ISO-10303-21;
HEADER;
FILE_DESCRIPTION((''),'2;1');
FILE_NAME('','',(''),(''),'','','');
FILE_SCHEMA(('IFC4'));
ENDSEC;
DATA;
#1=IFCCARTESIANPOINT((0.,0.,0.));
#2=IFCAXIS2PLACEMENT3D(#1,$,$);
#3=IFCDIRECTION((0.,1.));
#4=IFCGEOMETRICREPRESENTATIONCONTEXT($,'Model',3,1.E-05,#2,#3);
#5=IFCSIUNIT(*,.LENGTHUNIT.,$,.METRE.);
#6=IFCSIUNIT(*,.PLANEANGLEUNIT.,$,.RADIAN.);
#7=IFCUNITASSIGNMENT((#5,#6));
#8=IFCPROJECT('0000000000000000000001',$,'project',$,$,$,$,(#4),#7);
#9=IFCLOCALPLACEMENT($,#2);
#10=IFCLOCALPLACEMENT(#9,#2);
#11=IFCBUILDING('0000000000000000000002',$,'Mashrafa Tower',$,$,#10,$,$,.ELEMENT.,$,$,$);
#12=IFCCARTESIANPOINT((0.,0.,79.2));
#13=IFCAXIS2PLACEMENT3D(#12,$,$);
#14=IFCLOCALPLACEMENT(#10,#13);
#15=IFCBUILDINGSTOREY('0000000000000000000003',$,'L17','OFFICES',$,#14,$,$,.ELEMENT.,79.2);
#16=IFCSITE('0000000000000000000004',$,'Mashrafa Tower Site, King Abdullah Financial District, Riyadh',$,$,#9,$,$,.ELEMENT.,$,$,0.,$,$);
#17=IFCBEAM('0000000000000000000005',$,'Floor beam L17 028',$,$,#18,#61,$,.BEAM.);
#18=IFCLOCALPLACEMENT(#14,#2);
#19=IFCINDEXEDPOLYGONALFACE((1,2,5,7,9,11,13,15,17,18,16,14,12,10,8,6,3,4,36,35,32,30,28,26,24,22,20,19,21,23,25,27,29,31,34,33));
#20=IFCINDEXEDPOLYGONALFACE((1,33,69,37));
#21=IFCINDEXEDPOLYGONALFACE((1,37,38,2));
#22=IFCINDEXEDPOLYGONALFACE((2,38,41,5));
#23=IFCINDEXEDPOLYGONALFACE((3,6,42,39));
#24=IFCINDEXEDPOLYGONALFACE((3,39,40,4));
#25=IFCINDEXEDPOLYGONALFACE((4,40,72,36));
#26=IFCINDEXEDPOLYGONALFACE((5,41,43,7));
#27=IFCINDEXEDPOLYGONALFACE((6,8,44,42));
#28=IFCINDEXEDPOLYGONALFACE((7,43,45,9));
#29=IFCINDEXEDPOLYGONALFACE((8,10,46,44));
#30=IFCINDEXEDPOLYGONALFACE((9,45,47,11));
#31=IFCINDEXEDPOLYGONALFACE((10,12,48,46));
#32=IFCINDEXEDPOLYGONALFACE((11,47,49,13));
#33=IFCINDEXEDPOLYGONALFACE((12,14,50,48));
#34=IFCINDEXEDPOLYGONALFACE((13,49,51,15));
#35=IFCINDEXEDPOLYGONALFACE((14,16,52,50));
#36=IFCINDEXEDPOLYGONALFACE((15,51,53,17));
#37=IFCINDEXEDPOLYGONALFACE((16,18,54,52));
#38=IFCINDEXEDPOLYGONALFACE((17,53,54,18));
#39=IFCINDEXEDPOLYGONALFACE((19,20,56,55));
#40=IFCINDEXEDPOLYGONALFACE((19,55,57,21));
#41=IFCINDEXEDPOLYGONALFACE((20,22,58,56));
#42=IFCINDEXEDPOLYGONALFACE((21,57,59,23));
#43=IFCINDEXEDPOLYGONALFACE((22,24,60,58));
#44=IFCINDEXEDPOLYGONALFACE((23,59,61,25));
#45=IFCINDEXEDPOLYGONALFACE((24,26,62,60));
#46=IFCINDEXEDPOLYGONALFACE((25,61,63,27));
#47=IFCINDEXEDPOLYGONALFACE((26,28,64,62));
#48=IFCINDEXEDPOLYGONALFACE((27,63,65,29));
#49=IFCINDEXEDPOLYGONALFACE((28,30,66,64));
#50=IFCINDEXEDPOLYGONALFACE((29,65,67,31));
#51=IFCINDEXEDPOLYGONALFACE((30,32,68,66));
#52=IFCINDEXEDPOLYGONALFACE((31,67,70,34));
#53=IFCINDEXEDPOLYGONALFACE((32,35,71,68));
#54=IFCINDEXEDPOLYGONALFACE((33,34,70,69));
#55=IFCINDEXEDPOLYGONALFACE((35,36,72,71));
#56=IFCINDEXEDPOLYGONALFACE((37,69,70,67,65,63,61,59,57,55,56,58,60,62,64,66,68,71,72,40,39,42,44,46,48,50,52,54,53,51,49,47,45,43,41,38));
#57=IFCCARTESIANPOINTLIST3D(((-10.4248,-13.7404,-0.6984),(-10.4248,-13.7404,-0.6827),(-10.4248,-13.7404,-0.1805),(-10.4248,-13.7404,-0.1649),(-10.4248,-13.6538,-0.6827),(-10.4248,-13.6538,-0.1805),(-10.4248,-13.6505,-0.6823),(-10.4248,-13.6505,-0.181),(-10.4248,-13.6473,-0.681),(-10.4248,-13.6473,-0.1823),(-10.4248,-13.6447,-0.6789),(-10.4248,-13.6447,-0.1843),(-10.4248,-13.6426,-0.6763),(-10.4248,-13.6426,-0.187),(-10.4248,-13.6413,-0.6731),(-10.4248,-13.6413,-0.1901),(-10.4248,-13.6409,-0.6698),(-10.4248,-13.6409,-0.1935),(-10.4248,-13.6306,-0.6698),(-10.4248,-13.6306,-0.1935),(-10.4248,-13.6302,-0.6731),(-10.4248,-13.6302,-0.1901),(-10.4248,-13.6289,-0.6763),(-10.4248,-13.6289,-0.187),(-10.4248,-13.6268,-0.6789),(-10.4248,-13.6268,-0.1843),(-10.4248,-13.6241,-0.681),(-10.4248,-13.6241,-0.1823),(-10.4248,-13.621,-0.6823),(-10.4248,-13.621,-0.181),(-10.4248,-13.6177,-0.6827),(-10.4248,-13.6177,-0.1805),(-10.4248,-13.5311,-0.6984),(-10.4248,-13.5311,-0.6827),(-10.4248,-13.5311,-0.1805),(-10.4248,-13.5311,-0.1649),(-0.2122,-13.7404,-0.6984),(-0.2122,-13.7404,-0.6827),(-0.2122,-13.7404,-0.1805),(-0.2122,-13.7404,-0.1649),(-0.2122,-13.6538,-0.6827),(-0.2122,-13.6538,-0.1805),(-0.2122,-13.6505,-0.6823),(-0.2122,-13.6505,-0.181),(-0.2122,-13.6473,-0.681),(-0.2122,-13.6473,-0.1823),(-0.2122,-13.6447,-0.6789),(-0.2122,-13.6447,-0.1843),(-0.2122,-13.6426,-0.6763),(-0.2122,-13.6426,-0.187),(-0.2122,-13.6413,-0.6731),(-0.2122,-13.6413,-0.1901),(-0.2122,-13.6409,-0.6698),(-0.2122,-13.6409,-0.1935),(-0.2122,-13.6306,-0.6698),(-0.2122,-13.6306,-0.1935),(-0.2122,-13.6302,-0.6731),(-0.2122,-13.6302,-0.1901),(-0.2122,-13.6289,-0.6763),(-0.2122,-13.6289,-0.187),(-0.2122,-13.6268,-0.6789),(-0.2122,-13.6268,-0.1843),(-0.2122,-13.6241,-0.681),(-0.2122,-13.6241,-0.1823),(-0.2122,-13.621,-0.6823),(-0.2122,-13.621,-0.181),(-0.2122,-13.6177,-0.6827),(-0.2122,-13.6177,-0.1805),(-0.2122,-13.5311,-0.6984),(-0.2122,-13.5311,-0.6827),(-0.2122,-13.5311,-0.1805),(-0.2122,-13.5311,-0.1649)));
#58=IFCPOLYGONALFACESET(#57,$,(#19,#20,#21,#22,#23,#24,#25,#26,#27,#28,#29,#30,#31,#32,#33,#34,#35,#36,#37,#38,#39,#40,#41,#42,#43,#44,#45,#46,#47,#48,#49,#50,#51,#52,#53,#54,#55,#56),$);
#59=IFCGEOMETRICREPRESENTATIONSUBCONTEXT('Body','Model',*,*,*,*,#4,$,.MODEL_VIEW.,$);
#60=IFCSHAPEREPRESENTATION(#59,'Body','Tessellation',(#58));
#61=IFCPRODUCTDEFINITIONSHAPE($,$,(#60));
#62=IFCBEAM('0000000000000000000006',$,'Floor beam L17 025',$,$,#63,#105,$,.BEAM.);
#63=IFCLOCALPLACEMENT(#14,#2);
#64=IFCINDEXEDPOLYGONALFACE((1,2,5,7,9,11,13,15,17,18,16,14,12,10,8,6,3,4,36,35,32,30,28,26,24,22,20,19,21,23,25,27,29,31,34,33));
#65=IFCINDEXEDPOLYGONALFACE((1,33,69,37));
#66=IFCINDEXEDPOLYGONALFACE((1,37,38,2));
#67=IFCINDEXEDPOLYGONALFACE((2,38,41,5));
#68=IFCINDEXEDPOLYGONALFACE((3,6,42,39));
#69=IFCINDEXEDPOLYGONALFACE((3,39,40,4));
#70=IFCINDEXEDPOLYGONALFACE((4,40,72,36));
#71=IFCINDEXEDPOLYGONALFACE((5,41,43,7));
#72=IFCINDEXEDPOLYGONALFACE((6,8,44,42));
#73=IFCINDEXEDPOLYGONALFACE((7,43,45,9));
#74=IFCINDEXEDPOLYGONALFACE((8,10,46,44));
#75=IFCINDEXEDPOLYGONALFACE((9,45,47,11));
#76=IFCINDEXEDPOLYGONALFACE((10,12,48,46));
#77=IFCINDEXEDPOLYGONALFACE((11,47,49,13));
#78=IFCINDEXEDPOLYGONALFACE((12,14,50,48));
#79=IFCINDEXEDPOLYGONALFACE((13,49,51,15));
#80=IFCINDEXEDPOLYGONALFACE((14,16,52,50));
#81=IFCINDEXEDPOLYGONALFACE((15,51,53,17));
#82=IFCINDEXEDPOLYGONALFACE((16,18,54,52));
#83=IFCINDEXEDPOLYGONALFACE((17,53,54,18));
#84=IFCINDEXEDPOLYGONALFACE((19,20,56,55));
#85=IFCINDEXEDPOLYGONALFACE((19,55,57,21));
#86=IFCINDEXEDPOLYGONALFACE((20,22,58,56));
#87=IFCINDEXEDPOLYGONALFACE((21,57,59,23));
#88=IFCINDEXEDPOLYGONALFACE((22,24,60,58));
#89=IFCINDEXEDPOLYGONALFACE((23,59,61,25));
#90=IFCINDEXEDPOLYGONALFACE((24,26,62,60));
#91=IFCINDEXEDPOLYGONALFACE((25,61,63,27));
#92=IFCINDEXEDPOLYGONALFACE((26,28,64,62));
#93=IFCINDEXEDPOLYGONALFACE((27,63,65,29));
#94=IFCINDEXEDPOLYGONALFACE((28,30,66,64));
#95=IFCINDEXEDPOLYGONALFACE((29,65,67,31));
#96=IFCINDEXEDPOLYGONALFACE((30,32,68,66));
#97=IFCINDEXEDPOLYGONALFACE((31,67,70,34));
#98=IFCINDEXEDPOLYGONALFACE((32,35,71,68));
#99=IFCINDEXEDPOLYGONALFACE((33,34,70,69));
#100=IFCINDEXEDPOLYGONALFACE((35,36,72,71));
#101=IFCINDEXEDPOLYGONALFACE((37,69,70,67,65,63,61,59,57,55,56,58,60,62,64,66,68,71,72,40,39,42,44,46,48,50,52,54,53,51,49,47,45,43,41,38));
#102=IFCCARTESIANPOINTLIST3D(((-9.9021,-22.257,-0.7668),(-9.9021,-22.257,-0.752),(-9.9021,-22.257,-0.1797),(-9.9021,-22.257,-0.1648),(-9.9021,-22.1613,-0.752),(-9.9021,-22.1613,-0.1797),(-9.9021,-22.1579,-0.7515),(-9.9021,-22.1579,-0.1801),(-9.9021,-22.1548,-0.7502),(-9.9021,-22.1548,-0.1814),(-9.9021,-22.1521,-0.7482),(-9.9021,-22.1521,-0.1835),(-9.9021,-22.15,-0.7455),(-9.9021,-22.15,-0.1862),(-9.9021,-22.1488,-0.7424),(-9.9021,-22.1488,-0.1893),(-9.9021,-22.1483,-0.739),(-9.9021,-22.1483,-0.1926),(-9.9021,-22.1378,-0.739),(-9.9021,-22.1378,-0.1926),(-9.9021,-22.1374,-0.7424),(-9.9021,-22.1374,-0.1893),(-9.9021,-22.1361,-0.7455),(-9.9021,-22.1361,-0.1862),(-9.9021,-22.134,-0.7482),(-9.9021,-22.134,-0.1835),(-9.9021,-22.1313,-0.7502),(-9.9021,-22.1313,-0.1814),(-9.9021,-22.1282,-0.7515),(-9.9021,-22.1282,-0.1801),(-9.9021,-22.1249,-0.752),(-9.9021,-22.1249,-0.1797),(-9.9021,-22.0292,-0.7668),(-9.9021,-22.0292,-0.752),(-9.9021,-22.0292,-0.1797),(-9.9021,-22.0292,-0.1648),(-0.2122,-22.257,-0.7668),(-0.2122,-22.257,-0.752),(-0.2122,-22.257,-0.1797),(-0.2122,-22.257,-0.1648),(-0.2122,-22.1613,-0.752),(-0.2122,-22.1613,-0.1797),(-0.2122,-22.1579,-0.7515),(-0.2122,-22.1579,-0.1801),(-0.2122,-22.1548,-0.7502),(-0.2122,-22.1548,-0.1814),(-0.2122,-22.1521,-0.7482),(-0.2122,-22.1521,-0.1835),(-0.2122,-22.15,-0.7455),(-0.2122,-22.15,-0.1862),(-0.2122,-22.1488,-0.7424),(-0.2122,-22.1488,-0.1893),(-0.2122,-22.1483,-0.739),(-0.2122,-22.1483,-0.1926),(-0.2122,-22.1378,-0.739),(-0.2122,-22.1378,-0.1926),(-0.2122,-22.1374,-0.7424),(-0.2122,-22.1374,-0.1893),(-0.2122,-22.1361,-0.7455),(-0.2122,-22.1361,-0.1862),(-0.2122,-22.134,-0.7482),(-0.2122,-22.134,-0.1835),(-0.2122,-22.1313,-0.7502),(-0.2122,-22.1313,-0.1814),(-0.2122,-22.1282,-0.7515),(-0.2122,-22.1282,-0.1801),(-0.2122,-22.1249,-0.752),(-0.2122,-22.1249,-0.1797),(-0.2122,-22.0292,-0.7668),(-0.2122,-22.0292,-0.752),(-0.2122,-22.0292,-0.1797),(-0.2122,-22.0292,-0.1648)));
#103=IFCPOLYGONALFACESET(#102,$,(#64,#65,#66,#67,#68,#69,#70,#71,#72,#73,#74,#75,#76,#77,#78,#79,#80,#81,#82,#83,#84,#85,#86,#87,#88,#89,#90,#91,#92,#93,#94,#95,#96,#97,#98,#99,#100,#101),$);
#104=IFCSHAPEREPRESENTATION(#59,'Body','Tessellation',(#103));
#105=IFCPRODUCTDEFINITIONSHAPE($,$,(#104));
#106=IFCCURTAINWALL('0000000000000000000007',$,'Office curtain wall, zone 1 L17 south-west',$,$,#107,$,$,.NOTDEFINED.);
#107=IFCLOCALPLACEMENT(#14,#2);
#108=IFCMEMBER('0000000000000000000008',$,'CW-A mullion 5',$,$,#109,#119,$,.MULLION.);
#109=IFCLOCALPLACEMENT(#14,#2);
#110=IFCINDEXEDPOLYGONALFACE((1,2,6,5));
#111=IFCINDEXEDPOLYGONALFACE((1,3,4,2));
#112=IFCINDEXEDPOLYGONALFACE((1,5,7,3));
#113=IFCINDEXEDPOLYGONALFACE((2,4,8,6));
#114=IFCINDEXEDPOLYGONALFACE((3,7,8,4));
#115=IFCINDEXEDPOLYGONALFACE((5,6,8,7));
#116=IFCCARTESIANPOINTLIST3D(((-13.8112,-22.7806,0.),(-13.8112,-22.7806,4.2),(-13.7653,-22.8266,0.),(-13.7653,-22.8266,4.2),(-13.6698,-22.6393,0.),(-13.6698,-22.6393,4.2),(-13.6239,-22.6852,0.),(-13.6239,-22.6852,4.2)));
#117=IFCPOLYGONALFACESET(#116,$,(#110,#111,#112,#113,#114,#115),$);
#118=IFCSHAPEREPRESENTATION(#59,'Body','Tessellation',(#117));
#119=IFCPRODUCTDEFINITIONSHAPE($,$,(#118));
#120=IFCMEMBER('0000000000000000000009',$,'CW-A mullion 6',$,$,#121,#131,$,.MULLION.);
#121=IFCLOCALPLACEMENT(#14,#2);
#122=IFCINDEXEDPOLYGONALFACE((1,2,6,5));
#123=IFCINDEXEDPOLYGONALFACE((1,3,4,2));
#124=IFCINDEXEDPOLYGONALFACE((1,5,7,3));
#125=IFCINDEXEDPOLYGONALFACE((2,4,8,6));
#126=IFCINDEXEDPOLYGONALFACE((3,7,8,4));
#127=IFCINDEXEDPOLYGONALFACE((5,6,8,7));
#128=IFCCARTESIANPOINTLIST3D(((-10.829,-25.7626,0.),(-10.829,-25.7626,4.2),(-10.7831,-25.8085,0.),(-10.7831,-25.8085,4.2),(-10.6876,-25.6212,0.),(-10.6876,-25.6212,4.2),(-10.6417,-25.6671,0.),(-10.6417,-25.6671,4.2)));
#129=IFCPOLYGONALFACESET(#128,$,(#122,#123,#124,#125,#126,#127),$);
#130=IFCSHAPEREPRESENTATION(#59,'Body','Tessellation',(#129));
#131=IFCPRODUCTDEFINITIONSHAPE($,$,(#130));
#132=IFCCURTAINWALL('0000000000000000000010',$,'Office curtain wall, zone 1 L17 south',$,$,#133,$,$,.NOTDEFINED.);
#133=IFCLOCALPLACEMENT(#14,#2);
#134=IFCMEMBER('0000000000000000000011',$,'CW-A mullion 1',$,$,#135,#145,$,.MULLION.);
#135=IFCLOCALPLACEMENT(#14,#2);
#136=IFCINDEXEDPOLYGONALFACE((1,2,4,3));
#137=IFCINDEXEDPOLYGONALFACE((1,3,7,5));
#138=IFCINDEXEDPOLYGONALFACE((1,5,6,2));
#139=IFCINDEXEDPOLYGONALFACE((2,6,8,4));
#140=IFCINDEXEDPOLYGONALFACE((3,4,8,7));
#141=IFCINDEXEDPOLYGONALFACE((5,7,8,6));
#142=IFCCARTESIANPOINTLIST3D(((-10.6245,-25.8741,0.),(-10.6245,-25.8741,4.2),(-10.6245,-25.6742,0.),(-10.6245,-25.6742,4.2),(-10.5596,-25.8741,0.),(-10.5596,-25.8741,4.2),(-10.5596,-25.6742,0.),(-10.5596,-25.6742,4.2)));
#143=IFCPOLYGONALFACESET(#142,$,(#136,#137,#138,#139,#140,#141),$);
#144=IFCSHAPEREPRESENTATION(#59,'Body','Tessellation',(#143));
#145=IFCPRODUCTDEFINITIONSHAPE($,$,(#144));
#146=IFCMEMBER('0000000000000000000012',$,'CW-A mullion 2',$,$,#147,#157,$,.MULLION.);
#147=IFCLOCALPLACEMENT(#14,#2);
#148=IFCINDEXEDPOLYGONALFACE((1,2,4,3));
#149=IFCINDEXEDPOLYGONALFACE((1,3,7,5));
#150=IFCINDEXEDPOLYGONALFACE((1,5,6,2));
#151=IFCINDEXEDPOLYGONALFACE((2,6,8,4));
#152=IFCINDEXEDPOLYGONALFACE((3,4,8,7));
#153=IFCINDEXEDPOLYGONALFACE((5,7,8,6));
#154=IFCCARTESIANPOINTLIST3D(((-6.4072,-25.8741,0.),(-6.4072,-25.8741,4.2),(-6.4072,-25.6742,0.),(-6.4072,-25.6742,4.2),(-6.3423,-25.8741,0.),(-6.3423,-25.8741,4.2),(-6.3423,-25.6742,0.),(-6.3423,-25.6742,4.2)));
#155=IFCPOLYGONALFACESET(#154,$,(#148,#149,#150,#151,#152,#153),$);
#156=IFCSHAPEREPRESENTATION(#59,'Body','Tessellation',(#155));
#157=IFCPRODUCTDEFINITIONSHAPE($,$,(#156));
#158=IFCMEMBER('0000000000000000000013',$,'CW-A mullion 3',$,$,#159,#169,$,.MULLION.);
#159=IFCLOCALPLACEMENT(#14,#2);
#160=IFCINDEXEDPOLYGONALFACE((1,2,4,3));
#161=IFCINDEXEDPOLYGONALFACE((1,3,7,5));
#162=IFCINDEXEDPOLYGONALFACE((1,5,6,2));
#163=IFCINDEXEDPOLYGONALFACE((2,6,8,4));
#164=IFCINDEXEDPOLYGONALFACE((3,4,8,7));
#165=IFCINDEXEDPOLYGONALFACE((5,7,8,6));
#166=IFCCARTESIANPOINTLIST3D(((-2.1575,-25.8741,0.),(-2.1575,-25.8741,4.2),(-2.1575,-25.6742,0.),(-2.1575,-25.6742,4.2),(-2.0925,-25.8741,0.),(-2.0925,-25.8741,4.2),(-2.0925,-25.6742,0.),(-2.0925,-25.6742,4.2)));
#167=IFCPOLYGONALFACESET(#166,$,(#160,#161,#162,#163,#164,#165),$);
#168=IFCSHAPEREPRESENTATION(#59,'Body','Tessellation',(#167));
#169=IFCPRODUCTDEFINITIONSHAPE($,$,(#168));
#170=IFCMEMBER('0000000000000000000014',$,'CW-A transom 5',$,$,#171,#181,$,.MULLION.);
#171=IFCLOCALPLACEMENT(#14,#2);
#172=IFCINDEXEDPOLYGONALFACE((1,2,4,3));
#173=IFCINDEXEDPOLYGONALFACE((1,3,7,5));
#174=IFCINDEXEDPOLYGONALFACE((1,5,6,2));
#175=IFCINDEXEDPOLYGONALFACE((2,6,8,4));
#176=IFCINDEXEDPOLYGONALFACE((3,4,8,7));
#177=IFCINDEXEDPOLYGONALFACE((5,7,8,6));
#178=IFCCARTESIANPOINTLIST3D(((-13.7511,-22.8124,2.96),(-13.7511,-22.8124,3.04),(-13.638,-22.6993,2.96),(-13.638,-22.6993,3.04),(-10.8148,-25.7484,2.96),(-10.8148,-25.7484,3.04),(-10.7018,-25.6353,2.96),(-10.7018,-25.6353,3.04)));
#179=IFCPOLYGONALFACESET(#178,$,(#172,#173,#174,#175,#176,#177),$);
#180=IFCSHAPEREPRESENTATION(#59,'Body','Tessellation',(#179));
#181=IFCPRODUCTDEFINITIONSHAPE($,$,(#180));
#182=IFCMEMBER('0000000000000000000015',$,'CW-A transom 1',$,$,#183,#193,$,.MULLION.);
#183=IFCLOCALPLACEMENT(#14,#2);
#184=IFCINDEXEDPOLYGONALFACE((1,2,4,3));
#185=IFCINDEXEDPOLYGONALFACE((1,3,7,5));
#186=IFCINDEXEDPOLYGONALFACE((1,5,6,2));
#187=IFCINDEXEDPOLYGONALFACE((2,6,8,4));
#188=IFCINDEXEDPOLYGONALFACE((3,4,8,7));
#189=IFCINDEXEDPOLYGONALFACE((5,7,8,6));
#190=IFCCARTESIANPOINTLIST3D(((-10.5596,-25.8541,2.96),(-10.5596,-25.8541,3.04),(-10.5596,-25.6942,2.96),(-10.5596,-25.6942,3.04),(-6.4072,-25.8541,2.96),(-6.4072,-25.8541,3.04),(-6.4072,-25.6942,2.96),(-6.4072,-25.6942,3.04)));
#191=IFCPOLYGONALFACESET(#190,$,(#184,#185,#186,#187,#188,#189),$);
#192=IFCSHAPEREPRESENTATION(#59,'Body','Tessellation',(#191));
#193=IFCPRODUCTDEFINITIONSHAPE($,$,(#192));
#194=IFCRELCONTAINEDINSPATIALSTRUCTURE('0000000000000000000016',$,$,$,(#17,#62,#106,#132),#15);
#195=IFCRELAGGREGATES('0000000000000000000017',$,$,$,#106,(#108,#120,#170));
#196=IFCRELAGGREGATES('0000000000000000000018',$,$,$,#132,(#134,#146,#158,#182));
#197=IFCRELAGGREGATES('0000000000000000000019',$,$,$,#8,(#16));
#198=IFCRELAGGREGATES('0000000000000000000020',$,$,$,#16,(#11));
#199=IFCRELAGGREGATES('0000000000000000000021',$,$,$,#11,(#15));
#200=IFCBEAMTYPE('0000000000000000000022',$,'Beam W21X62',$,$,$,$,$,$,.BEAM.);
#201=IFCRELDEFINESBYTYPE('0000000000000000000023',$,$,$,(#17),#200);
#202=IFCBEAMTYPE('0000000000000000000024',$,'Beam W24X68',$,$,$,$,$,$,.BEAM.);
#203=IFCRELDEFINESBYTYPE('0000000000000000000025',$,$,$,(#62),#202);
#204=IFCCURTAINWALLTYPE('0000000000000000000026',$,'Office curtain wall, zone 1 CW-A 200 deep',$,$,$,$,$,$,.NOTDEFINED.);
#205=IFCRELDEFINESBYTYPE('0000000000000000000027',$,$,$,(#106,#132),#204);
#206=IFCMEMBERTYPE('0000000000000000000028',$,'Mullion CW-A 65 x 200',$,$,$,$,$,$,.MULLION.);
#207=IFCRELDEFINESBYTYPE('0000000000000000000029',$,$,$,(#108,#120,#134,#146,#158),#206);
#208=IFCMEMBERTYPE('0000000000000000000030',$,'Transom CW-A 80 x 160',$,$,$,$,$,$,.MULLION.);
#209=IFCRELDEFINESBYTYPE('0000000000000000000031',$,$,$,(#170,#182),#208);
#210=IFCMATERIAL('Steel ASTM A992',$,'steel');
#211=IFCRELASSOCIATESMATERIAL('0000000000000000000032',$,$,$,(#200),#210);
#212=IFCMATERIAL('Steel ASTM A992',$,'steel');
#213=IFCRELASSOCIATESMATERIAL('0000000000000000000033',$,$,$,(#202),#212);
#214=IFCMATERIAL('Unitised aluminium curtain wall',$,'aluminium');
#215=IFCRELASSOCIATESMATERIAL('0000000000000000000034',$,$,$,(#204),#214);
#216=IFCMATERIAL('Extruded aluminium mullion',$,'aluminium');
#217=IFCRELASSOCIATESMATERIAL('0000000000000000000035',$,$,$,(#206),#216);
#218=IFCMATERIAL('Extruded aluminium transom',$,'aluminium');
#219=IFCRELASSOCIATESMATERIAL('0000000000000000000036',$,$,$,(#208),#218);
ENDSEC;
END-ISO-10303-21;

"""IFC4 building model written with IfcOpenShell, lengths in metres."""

from ifc_helpers import new_model, si_unit, direction, frame, origin, origin_2d, place, context, subcontext, project, spatial, rectangle, i_section, extrude, source, transform, mapped, material, material_profile, profile_set, type_object, type_shapes, element, aggregate, save


model = new_model("IFC4")

# Units and contexts
model_context = context("Model", 3, precision=1e-05, world=origin(), true_north=direction((0.0, 1.0)))
body_context = subcontext(model_context, "Body", "Model", "MODEL_VIEW")
ifc_project = project(units=[si_unit("LENGTHUNIT", "METRE"), si_unit("PLANEANGLEUNIT", "RADIAN")], contexts=[model_context])

# Site, building, storey
site_placement = place(None, origin())
site = spatial("IfcSite", under=ifc_project, at=site_placement, Name="Mashrafa Tower Site, King Abdullah Financial District, Riyadh", CompositionType="ELEMENT", RefElevation=0.0)
building_placement = place(site_placement, origin())
building = spatial("IfcBuilding", under=site, at=building_placement, Name="Mashrafa Tower", CompositionType="ELEMENT")
storey_placement = place(building_placement, frame((0.0, 0.0, 79.2)))
storey = spatial("IfcBuildingStorey", under=building, at=storey_placement, Name="L17", Description="OFFICES", CompositionType="ELEMENT", Elevation=79.2)

# Beams
ifc_material_1 = material(Name="Steel ASTM A992", Category="steel")
ifc_material_profile_1 = material_profile(ifc_material_1, i_section(OverallWidth=0.2092, OverallDepth=0.5334, WebThickness=0.0103, FlangeThickness=0.0156, FilletRadius=0.0129, at=origin_2d()), Name="W21X62")
ifc_profile_set_1 = profile_set([ifc_material_profile_1], Name="Steel ASTM A992")
beam_type_1 = type_object("IfcBeamType", Name="Beam W21X62", PredefinedType="BEAM", material=ifc_profile_set_1)
beam_1_placement = place(storey_placement, frame((-0.2122, -13.6357, -0.4316), z_axis=(-1.0, 0.0, 0.0), x_axis=(0.0, -1.0, 0.0)))
element("IfcBeam", 1, at=beam_1_placement, inside=storey, type_object=beam_type_1, Name="Floor beam L17 028", PredefinedType="BEAM", context=body_context, shape_type="SweptSolid", body=[
    extrude(i_section(OverallWidth=0.2092, OverallDepth=0.5334, WebThickness=0.0103, FlangeThickness=0.0156, FilletRadius=0.0129, at=origin_2d()), origin(), (0.0, 0.0, 1.0), 10.2126),
])
ifc_material_2 = material(Name="Steel ASTM A992", Category="steel")
ifc_material_profile_2 = material_profile(ifc_material_2, i_section(OverallWidth=0.2278, OverallDepth=0.6021, WebThickness=0.0105, FlangeThickness=0.0149, FilletRadius=0.0129, at=origin_2d()), Name="W24X68")
ifc_profile_set_2 = profile_set([ifc_material_profile_2], Name="Steel ASTM A992")
beam_type_2 = type_object("IfcBeamType", Name="Beam W24X68", PredefinedType="BEAM", material=ifc_profile_set_2)
beam_2_placement = place(storey_placement, frame((-0.2122, -22.1431, -0.4658), z_axis=(-1.0, 0.0, 0.0), x_axis=(0.0, -1.0, 0.0)))
element("IfcBeam", 2, at=beam_2_placement, inside=storey, type_object=beam_type_2, Name="Floor beam L17 025", PredefinedType="BEAM", context=body_context, shape_type="SweptSolid", body=[
    extrude(i_section(OverallWidth=0.2278, OverallDepth=0.6021, WebThickness=0.0105, FlangeThickness=0.0149, FilletRadius=0.0129, at=origin_2d()), origin(), (0.0, 0.0, 1.0), 9.6899),
])

# Curtain walls, members
ifc_material_3 = material(Name="Unitised aluminium curtain wall", Category="aluminium")
curtain_wall_type = type_object("IfcCurtainWallType", Name="Office curtain wall, zone 1 CW-A 200 deep", PredefinedType="NOTDEFINED", material=ifc_material_3)
curtain_wall_1_placement = place(storey_placement, origin())
curtain_wall_1 = element("IfcCurtainWall", 3, at=curtain_wall_1_placement, inside=storey, type_object=curtain_wall_type, Name="Office curtain wall, zone 1 L17 south-west", PredefinedType="NOTDEFINED")
ifc_material_4 = material(Name="Extruded aluminium mullion", Category="aluminium")
ifc_material_profile_3 = material_profile(ifc_material_4, rectangle(XDim=0.2, YDim=0.0649, at=origin_2d()), Name="Mullion 65x200")
ifc_profile_set_3 = profile_set([ifc_material_profile_3], Name="Extruded aluminium mullion")
member_type_1 = type_object("IfcMemberType", Name="Mullion CW-A 65 x 200", PredefinedType="MULLION", material=ifc_profile_set_3)
shared_shape_1 = source(origin(), body_context, "Body", "SweptSolid", [
    extrude(rectangle(XDim=0.2, YDim=0.0649, at=origin_2d()), origin(), (0.0, 0.0, 1.0), 4.2),
])
type_shapes(member_type_1, [shared_shape_1])
member_1_placement = place(storey_placement, frame((-13.7175, -22.7329, 0.0), z_axis=(0.0, 0.0, 1.0), x_axis=(0.707107, 0.707107, 0.0)))
member_1 = element("IfcMember", 4, at=member_1_placement, type_object=member_type_1, Name="CW-A mullion 5", PredefinedType="MULLION", context=body_context, shape_type="MappedRepresentation", body=[
    mapped(shared_shape_1, transform((0.0, 0.0, 0.0))),
])
member_2_placement = place(storey_placement, frame((-10.7354, -25.7148, 0.0), z_axis=(0.0, 0.0, 1.0), x_axis=(0.707107, 0.707107, 0.0)))
member_2 = element("IfcMember", 5, at=member_2_placement, type_object=member_type_1, Name="CW-A mullion 6", PredefinedType="MULLION", context=body_context, shape_type="MappedRepresentation", body=[
    mapped(shared_shape_1, transform((0.0, 0.0, 0.0))),
])
curtain_wall_2_placement = place(storey_placement, origin())
curtain_wall_2 = element("IfcCurtainWall", 6, at=curtain_wall_2_placement, inside=storey, type_object=curtain_wall_type, Name="Office curtain wall, zone 1 L17 south", PredefinedType="NOTDEFINED")
member_3_placement = place(storey_placement, frame((-10.592, -25.7742, 0.0), z_axis=(0.0, 0.0, 1.0), x_axis=(0.0, 1.0, 0.0)))
member_3 = element("IfcMember", 7, at=member_3_placement, type_object=member_type_1, Name="CW-A mullion 1", PredefinedType="MULLION", context=body_context, shape_type="MappedRepresentation", body=[
    mapped(shared_shape_1, transform((0.0, 0.0, 0.0))),
])
member_4_placement = place(storey_placement, frame((-6.3748, -25.7742, 0.0), z_axis=(0.0, 0.0, 1.0), x_axis=(0.0, 1.0, 0.0)))
member_4 = element("IfcMember", 8, at=member_4_placement, type_object=member_type_1, Name="CW-A mullion 2", PredefinedType="MULLION", context=body_context, shape_type="MappedRepresentation", body=[
    mapped(shared_shape_1, transform((0.0, 0.0, 0.0))),
])
member_5_placement = place(storey_placement, frame((-2.125, -25.7742, 0.0), z_axis=(0.0, 0.0, 1.0), x_axis=(0.0, 1.0, 0.0)))
member_5 = element("IfcMember", 9, at=member_5_placement, type_object=member_type_1, Name="CW-A mullion 3", PredefinedType="MULLION", context=body_context, shape_type="MappedRepresentation", body=[
    mapped(shared_shape_1, transform((0.0, 0.0, 0.0))),
])

# Members
ifc_material_5 = material(Name="Extruded aluminium transom", Category="aluminium")
ifc_material_profile_4 = material_profile(ifc_material_5, rectangle(XDim=0.1599, YDim=0.0801, at=origin_2d()), Name="Transom 80x160")
ifc_profile_set_4 = profile_set([ifc_material_profile_4], Name="Extruded aluminium transom")
member_type_2 = type_object("IfcMemberType", Name="Transom CW-A 80 x 160", PredefinedType="MULLION", material=ifc_profile_set_4)
shared_shape_2 = source(origin(), body_context, "Body", "SweptSolid", [
    extrude(rectangle(XDim=0.1599, YDim=0.0801, at=origin_2d()), origin(), (0.0, 0.0, 1.0), 4.1523),
])
member_6_placement = place(storey_placement, frame((-13.6946, -22.7559, 3.0), z_axis=(0.707136, -0.707077, 0.0), x_axis=(0.707077, 0.707136, 0.0)))
member_6 = element("IfcMember", 10, at=member_6_placement, type_object=member_type_2, Name="CW-A transom 5", PredefinedType="MULLION", context=body_context, shape_type="MappedRepresentation", body=[
    mapped(shared_shape_2, transform((0.0, 0.0, 0.0))),
])
member_7_placement = place(storey_placement, frame((-10.5596, -25.7742, 3.0), z_axis=(1.0, 0.0, 0.0), x_axis=(0.0, 1.0, 0.0)))
member_7 = element("IfcMember", 11, at=member_7_placement, type_object=member_type_2, Name="CW-A transom 1", PredefinedType="MULLION", context=body_context, shape_type="MappedRepresentation", body=[
    mapped(shared_shape_2, transform((0.0, 0.0, 0.0))),
])

aggregate(curtain_wall_1, [member_1, member_2, member_6])
aggregate(curtain_wall_2, [member_3, member_4, member_5, member_7])

save(model, "model.ifc")
